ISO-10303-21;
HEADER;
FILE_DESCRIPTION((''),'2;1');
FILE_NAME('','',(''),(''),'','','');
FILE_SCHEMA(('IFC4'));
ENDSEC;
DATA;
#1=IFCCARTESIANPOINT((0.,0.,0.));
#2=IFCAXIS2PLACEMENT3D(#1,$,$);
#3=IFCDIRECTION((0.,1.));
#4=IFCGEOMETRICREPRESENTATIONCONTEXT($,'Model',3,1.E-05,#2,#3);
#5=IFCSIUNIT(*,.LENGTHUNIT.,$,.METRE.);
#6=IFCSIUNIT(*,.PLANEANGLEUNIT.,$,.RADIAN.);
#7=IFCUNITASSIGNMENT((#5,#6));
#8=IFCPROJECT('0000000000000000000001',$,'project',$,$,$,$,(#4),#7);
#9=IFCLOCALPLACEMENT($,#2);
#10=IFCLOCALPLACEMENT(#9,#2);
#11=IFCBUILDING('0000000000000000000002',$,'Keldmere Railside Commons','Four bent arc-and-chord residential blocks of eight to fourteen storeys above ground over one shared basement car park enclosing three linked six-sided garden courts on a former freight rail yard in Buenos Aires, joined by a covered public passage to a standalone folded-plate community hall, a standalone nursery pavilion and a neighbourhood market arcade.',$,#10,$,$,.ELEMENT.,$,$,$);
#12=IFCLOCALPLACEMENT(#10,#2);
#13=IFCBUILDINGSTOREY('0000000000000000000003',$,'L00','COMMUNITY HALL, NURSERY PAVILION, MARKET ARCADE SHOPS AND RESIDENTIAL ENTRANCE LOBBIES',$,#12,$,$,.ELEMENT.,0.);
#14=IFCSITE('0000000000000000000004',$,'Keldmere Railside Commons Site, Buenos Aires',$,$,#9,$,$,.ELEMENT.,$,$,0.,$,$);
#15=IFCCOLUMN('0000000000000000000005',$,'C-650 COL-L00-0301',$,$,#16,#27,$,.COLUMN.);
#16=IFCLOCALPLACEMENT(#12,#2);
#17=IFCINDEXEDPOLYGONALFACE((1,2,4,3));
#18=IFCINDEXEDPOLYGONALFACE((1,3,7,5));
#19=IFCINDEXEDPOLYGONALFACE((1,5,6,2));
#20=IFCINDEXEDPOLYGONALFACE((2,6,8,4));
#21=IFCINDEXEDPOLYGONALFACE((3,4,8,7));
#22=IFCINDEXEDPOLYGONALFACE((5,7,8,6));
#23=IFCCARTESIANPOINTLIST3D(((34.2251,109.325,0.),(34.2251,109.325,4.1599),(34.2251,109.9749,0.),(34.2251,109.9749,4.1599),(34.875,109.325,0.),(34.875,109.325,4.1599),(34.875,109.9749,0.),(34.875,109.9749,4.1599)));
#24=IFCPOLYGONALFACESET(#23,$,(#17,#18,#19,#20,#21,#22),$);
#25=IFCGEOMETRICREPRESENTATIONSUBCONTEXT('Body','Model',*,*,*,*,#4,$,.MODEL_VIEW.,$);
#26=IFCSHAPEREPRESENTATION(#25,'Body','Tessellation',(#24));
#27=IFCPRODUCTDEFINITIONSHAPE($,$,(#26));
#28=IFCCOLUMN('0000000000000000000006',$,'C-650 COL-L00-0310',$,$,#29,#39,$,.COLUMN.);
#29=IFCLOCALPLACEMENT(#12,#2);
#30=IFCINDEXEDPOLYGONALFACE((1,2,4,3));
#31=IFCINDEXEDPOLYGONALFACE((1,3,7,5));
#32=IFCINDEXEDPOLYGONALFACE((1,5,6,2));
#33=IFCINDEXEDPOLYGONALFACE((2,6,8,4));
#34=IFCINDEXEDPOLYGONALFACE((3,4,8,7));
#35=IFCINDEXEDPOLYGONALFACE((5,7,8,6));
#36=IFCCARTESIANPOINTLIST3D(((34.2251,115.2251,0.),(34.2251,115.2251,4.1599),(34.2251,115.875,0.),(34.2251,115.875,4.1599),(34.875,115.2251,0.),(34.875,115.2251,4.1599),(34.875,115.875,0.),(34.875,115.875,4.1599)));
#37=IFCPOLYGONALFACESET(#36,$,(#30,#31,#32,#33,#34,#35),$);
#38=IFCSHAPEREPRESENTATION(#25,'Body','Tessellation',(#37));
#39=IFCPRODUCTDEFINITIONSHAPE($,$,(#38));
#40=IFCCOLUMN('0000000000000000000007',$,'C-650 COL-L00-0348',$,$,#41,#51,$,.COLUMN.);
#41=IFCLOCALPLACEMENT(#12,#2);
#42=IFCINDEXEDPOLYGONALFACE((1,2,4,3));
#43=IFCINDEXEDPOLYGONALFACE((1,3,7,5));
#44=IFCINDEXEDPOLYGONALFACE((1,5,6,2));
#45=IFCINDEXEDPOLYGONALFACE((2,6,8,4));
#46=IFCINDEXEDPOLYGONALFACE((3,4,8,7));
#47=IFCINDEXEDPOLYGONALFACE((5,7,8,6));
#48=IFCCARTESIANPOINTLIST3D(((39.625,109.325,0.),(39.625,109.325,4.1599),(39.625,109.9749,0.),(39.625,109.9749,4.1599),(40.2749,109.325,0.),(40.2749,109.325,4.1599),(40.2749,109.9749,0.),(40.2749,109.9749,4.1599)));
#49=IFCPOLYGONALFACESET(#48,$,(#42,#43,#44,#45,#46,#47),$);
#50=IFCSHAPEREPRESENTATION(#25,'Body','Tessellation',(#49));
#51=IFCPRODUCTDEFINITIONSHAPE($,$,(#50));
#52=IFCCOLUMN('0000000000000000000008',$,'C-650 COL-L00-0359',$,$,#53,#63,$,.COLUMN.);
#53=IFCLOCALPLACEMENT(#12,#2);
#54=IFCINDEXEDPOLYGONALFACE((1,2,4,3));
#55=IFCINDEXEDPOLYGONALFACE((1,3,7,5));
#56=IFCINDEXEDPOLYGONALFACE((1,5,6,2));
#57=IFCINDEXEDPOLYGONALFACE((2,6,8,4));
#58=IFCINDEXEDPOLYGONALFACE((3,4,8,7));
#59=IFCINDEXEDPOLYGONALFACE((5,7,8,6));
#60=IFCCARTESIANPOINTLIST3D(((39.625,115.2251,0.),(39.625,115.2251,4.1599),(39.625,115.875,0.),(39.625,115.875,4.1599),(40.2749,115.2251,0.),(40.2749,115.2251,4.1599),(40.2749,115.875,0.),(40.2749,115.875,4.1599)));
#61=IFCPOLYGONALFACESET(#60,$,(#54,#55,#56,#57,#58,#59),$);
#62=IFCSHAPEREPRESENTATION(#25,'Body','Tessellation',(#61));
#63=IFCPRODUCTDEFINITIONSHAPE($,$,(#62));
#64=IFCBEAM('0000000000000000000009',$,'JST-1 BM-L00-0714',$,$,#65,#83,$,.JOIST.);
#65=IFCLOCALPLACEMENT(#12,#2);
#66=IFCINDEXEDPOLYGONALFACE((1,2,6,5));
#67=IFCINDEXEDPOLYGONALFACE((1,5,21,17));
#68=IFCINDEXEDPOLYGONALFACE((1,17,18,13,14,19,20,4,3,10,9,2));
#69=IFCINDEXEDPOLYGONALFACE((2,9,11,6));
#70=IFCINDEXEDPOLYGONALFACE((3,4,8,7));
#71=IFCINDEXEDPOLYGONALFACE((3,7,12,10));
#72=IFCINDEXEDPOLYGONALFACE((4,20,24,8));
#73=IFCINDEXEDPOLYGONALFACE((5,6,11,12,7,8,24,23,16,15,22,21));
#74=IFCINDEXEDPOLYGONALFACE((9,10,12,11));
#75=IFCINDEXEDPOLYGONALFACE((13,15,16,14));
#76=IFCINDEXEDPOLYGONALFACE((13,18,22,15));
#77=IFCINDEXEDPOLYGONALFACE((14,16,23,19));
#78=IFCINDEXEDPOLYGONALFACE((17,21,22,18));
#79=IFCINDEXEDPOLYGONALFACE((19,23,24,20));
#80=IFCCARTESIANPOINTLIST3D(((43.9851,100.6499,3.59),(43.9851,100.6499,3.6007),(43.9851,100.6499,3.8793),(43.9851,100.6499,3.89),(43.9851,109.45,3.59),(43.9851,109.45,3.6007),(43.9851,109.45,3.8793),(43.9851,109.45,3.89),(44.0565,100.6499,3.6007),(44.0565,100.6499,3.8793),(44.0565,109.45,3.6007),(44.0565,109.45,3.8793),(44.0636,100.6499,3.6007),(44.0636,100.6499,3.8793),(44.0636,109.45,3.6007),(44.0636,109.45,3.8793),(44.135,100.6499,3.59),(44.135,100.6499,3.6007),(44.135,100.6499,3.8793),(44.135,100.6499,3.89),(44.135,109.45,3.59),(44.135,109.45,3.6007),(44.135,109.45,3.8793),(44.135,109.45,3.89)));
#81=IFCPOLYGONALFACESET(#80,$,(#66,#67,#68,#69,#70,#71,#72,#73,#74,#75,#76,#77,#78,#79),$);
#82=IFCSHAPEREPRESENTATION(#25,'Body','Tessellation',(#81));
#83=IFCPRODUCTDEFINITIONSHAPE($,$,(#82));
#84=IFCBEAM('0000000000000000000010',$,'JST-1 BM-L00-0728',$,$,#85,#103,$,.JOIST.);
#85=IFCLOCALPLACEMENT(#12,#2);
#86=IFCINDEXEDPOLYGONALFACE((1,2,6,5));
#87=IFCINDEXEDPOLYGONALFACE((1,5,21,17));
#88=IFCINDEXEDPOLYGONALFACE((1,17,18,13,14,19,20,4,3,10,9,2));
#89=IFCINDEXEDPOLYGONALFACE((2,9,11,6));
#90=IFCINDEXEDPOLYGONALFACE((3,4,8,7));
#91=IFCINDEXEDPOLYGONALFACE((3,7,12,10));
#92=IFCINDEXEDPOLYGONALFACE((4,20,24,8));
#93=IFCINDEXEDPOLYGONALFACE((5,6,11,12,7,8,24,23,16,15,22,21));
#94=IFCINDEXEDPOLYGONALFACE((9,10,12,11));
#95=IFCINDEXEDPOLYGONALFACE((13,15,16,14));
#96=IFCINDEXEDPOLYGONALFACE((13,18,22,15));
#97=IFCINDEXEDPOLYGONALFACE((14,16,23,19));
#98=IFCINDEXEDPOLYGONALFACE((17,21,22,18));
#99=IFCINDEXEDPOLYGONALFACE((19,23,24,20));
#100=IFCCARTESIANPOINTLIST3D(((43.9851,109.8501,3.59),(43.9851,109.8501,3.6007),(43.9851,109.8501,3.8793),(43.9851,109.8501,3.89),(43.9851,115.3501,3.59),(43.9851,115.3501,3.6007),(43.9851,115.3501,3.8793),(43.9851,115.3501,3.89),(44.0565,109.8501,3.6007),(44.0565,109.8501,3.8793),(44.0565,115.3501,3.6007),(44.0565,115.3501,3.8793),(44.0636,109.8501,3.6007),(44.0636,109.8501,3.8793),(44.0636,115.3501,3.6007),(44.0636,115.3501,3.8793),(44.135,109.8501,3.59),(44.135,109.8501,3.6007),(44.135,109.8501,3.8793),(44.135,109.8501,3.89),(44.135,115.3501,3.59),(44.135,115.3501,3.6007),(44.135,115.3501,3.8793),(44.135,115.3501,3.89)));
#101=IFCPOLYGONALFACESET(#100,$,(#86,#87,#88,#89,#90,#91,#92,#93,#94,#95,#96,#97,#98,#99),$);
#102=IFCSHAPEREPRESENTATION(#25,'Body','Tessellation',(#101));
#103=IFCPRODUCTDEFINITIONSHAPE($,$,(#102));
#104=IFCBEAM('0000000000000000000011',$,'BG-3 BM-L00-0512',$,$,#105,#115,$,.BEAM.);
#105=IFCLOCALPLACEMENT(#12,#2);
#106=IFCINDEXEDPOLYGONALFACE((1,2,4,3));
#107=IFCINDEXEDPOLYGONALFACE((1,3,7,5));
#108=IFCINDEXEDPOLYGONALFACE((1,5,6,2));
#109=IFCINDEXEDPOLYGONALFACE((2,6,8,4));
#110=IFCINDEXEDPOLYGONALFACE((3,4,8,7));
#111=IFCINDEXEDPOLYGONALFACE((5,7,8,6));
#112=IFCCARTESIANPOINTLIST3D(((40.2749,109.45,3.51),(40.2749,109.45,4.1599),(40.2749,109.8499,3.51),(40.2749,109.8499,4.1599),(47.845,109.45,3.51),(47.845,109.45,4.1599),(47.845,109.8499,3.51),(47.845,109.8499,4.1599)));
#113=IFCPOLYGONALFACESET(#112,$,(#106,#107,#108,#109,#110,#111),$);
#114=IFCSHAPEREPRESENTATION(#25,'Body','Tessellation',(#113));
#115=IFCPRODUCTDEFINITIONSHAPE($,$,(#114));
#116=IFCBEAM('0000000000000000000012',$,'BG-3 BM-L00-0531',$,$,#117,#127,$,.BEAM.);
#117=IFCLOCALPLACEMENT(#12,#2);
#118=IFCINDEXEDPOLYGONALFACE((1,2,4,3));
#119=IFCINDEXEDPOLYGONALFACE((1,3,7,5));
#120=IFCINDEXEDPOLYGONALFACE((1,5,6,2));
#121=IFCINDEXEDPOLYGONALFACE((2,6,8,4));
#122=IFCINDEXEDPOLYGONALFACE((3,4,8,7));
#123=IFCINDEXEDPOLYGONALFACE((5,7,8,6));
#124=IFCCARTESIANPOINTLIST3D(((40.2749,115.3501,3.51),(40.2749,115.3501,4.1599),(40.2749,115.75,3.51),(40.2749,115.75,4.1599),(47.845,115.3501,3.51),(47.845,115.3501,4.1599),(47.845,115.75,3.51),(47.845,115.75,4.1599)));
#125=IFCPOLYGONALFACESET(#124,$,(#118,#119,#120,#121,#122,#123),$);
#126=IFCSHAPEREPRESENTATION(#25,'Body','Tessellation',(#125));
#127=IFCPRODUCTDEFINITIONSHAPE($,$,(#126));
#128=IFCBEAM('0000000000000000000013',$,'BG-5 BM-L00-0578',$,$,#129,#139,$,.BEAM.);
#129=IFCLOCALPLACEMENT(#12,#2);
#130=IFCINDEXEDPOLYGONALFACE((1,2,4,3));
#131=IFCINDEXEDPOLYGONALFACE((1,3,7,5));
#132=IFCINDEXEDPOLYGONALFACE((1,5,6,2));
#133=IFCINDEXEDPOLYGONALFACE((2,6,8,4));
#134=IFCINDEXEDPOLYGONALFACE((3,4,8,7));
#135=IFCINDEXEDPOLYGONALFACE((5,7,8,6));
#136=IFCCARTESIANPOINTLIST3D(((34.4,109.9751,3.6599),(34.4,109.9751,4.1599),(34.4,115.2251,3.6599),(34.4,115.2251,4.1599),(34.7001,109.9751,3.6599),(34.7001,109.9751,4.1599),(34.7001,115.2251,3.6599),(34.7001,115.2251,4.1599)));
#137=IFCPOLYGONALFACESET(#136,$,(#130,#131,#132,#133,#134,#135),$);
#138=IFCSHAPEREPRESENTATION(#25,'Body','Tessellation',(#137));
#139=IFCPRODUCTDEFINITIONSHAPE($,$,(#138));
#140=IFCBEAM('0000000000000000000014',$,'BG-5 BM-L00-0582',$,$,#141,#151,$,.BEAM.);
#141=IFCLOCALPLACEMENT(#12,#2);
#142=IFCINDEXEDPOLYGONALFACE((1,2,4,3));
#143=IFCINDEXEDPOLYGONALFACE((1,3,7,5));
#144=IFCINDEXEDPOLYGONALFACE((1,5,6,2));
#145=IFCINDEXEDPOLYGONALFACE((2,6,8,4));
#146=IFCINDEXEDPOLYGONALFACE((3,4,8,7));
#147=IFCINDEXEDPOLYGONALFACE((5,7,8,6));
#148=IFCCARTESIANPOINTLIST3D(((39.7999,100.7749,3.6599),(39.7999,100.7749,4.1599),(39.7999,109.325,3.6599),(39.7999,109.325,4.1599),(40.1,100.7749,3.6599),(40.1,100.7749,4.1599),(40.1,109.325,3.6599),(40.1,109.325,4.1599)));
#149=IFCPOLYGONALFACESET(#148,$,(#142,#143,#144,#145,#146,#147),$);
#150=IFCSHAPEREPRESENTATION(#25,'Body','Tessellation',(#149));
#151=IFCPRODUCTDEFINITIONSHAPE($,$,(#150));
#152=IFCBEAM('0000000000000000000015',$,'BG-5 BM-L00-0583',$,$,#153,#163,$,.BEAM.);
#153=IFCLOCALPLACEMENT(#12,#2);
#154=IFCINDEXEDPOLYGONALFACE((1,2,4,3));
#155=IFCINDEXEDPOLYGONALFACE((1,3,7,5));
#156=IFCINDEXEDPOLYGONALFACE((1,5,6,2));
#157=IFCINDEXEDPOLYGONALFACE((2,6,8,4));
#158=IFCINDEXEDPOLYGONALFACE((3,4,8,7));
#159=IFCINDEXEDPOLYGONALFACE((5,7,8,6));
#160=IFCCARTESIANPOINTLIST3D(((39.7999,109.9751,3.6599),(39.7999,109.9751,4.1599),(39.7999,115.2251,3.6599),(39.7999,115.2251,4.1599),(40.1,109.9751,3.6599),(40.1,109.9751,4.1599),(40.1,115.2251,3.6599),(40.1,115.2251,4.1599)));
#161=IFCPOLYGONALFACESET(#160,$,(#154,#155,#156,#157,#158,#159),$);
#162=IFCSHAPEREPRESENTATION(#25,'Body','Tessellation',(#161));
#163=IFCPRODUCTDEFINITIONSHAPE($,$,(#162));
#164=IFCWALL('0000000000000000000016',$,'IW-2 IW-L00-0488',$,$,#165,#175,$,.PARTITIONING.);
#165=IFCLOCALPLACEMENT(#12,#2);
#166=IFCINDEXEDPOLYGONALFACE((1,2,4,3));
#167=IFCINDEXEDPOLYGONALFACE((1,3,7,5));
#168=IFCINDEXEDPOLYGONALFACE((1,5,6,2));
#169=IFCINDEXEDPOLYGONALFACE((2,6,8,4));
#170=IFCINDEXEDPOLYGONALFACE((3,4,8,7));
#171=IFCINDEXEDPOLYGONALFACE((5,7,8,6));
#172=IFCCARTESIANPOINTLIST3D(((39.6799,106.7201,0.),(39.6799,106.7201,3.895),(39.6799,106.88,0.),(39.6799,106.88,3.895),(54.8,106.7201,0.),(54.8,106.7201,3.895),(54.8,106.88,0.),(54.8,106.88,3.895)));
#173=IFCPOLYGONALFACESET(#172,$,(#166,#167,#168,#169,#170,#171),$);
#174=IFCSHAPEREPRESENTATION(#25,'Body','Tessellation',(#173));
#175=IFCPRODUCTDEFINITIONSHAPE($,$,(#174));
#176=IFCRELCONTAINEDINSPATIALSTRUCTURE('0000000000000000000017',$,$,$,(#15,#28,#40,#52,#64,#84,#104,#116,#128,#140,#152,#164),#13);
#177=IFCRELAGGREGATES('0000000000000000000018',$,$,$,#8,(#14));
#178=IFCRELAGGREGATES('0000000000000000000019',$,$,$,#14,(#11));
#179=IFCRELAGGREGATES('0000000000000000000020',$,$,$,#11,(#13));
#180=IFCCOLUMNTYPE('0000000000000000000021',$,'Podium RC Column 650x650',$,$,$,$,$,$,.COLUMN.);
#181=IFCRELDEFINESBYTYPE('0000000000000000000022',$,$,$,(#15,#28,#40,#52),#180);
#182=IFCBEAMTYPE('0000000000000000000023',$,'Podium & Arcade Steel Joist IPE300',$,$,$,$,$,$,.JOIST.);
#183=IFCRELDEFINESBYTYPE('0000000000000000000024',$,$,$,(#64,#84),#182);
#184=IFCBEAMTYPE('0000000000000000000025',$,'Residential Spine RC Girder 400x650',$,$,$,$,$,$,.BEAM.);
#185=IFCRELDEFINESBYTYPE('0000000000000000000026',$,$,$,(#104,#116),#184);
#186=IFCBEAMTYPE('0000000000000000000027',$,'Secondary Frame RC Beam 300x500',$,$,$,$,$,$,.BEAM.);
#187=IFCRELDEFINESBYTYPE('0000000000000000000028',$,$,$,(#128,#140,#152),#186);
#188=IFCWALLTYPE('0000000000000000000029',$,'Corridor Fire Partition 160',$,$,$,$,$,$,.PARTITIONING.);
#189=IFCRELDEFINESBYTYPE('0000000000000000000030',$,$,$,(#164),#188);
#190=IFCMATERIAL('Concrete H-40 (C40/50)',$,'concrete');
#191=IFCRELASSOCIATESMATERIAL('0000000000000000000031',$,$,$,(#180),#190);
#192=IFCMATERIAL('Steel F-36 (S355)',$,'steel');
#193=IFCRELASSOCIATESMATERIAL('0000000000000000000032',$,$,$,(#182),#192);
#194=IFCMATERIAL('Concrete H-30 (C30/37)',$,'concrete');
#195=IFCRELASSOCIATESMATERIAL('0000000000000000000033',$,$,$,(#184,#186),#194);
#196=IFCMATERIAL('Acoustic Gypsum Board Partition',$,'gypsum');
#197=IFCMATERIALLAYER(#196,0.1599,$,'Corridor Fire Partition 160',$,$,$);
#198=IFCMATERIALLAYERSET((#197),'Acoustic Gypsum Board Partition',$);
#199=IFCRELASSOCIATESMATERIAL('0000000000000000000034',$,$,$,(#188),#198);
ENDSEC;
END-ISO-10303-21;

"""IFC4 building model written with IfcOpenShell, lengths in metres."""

from ifc_helpers import new_model, si_unit, direction, frame, frame_2d, origin, origin_2d, place, context, subcontext, project, spatial, rectangle, i_section, extrude, material, layer, layer_set, material_profile, profile_set, type_object, element, save


model = new_model("IFC4")

# Units and contexts
model_context = context("Model", 3, precision=1e-05, world=origin(), true_north=direction((0.0, 1.0)))
body_context = subcontext(model_context, "Body", "Model", "MODEL_VIEW")
ifc_project = project(units=[si_unit("LENGTHUNIT", "METRE"), si_unit("PLANEANGLEUNIT", "RADIAN")], contexts=[model_context])

# Site, building, storey
site_placement = place(None, origin())
site = spatial("IfcSite", under=ifc_project, at=site_placement, Name="Keldmere Railside Commons Site, Buenos Aires", CompositionType="ELEMENT", RefElevation=0.0)
building_placement = place(site_placement, origin())
building = spatial("IfcBuilding", under=site, at=building_placement, Name="Keldmere Railside Commons", Description="Four bent arc-and-chord residential blocks of eight to fourteen storeys above ground over one shared basement car park enclosing three linked six-sided garden courts on a former freight rail yard in Buenos Aires, joined by a covered public passage to a standalone folded-plate community hall, a standalone nursery pavilion and a neighbourhood market arcade.", CompositionType="ELEMENT")
storey_placement = place(building_placement, origin())
storey = spatial("IfcBuildingStorey", under=building, at=storey_placement, Name="L00", Description="COMMUNITY HALL, NURSERY PAVILION, MARKET ARCADE SHOPS AND RESIDENTIAL ENTRANCE LOBBIES", CompositionType="ELEMENT", Elevation=0.0)

# Columns
ifc_material_1 = material(Name="Concrete H-40 (C40/50)", Category="concrete")
ifc_material_profile_1 = material_profile(ifc_material_1, rectangle(XDim=0.6499, YDim=0.6499, at=origin_2d()), Name="RC-650x650")
ifc_profile_set_1 = profile_set([ifc_material_profile_1], Name="Concrete H-40 (C40/50)")
column_type = type_object("IfcColumnType", Name="Podium RC Column 650x650", PredefinedType="COLUMN", material=ifc_profile_set_1)
for number, where, z_axis, x_axis, name in (
    (1, (34.55, 109.6499, 0.0), (0.0, 0.0, 1.0), (1.0, 0.0, 0.0), "C-650 COL-L00-0301"),
    (2, (34.55, 115.55, 0.0), (0.0, 0.0, 1.0), (1.0, 0.0, 0.0), "C-650 COL-L00-0310"),
    (3, (39.95, 109.6499, 0.0), (0.0, 0.0, 1.0), (1.0, 0.0, 0.0), "C-650 COL-L00-0348"),
    (4, (39.95, 115.55, 0.0), (0.0, 0.0, 1.0), (1.0, 0.0, 0.0), "C-650 COL-L00-0359"),
):
    element("IfcColumn", number, at=place(storey_placement, frame(where, z_axis=z_axis, x_axis=x_axis)), inside=storey, type_object=column_type, Name=name, PredefinedType="COLUMN", context=body_context, shape_type="SweptSolid", body=[
        extrude(rectangle(XDim=0.6499, YDim=0.6499, at=origin_2d()), origin(), (0.0, 0.0, 1.0), 4.1599),
    ])

# Beams
ifc_material_2 = material(Name="Steel F-36 (S355)", Category="steel")
ifc_material_profile_2 = material_profile(ifc_material_2, i_section(OverallWidth=0.1499, OverallDepth=0.3, WebThickness=0.0071, FlangeThickness=0.0107, at=origin_2d()), Name="IPE-300")
ifc_profile_set_2 = profile_set([ifc_material_profile_2], Name="Steel F-36 (S355)")
beam_type_1 = type_object("IfcBeamType", Name="Podium & Arcade Steel Joist IPE300", PredefinedType="JOIST", material=ifc_profile_set_2)
beam_1_placement = place(storey_placement, frame((44.0601, 100.6499, 3.74), z_axis=(0.0, 1.0, 0.0), x_axis=(-1.0, 0.0, 0.0)))
element("IfcBeam", 5, at=beam_1_placement, inside=storey, type_object=beam_type_1, Name="JST-1 BM-L00-0714", PredefinedType="JOIST", context=body_context, shape_type="SweptSolid", body=[
    extrude(i_section(OverallWidth=0.1499, OverallDepth=0.3, WebThickness=0.0071, FlangeThickness=0.0107, at=origin_2d()), origin(), (0.0, 0.0, 1.0), 8.8),
])
beam_2_placement = place(storey_placement, frame((44.0601, 109.8501, 3.74), z_axis=(0.0, 1.0, 0.0), x_axis=(-1.0, 0.0, 0.0)))
element("IfcBeam", 6, at=beam_2_placement, inside=storey, type_object=beam_type_1, Name="JST-1 BM-L00-0728", PredefinedType="JOIST", context=body_context, shape_type="SweptSolid", body=[
    extrude(i_section(OverallWidth=0.1499, OverallDepth=0.3, WebThickness=0.0071, FlangeThickness=0.0107, at=origin_2d()), origin(), (0.0, 0.0, 1.0), 5.5),
])
ifc_material_3 = material(Name="Concrete H-30 (C30/37)", Category="concrete")
ifc_material_profile_3 = material_profile(ifc_material_3, rectangle(XDim=0.3999, YDim=0.6499, at=origin_2d()), Name="RC-400x650")
ifc_profile_set_3 = profile_set([ifc_material_profile_3], Name="Concrete H-30 (C30/37)")
beam_type_2 = type_object("IfcBeamType", Name="Residential Spine RC Girder 400x650", PredefinedType="BEAM", material=ifc_profile_set_3)
for number, where, z_axis, x_axis, name in (
    (7, (40.2749, 109.6499, 3.835), (1.0, 0.0, 0.0), (0.0, 1.0, 0.0), "BG-3 BM-L00-0512"),
    (8, (40.2749, 115.55, 3.835), (1.0, 0.0, 0.0), (0.0, 1.0, 0.0), "BG-3 BM-L00-0531"),
):
    element("IfcBeam", number, at=place(storey_placement, frame(where, z_axis=z_axis, x_axis=x_axis)), inside=storey, type_object=beam_type_2, Name=name, PredefinedType="BEAM", context=body_context, shape_type="SweptSolid", body=[
        extrude(rectangle(XDim=0.3999, YDim=0.6499, at=origin_2d()), origin(), (0.0, 0.0, 1.0), 7.5701),
    ])
ifc_material_profile_4 = material_profile(ifc_material_3, rectangle(XDim=0.3, YDim=0.5, at=origin_2d()), Name="RC-300x500")
ifc_profile_set_4 = profile_set([ifc_material_profile_4], Name="Concrete H-30 (C30/37)")
beam_type_3 = type_object("IfcBeamType", Name="Secondary Frame RC Beam 300x500", PredefinedType="BEAM", material=ifc_profile_set_4)
beam_3_placement = place(storey_placement, frame((34.55, 109.9751, 3.9099), z_axis=(0.0, 1.0, 0.0), x_axis=(-1.0, 0.0, 0.0)))
element("IfcBeam", 9, at=beam_3_placement, inside=storey, type_object=beam_type_3, Name="BG-5 BM-L00-0578", PredefinedType="BEAM", context=body_context, shape_type="SweptSolid", body=[
    extrude(rectangle(XDim=0.3, YDim=0.5, at=origin_2d()), origin(), (0.0, 0.0, 1.0), 5.25),
])
beam_4_placement = place(storey_placement, frame((39.95, 100.7749, 3.9099), z_axis=(0.0, 1.0, 0.0), x_axis=(-1.0, 0.0, 0.0)))
element("IfcBeam", 10, at=beam_4_placement, inside=storey, type_object=beam_type_3, Name="BG-5 BM-L00-0582", PredefinedType="BEAM", context=body_context, shape_type="SweptSolid", body=[
    extrude(rectangle(XDim=0.3, YDim=0.5, at=origin_2d()), origin(), (0.0, 0.0, 1.0), 8.55),
])
beam_5_placement = place(storey_placement, frame((39.95, 109.9751, 3.9099), z_axis=(0.0, 1.0, 0.0), x_axis=(-1.0, 0.0, 0.0)))
element("IfcBeam", 11, at=beam_5_placement, inside=storey, type_object=beam_type_3, Name="BG-5 BM-L00-0583", PredefinedType="BEAM", context=body_context, shape_type="SweptSolid", body=[
    extrude(rectangle(XDim=0.3, YDim=0.5, at=origin_2d()), origin(), (0.0, 0.0, 1.0), 5.25),
])

# Wall
ifc_material_4 = material(Name="Acoustic Gypsum Board Partition", Category="gypsum")
ifc_layer_1 = layer(ifc_material_4, 0.1599, Name="Corridor Fire Partition 160")
ifc_layer_set_1 = layer_set([ifc_layer_1], Name="Acoustic Gypsum Board Partition")
wall_type_1 = type_object("IfcWallType", Name="Corridor Fire Partition 160", PredefinedType="PARTITIONING", material=ifc_layer_set_1)
wall_1_placement = place(storey_placement, frame((39.6799, 106.8, 0.0), z_axis=(0.0, 0.0, 1.0), x_axis=(1.0, 0.0, 0.0)))
element("IfcWall", 12, at=wall_1_placement, inside=storey, type_object=wall_type_1, Name="IW-2 IW-L00-0488", PredefinedType="PARTITIONING", context=body_context, shape_type="SweptSolid", body=[
    extrude(rectangle(XDim=15.1201, YDim=0.1599, at=frame_2d((7.5601, 0.0))), origin(), (0.0, 0.0, 1.0), 3.895),
])

save(model, "model.ifc")
